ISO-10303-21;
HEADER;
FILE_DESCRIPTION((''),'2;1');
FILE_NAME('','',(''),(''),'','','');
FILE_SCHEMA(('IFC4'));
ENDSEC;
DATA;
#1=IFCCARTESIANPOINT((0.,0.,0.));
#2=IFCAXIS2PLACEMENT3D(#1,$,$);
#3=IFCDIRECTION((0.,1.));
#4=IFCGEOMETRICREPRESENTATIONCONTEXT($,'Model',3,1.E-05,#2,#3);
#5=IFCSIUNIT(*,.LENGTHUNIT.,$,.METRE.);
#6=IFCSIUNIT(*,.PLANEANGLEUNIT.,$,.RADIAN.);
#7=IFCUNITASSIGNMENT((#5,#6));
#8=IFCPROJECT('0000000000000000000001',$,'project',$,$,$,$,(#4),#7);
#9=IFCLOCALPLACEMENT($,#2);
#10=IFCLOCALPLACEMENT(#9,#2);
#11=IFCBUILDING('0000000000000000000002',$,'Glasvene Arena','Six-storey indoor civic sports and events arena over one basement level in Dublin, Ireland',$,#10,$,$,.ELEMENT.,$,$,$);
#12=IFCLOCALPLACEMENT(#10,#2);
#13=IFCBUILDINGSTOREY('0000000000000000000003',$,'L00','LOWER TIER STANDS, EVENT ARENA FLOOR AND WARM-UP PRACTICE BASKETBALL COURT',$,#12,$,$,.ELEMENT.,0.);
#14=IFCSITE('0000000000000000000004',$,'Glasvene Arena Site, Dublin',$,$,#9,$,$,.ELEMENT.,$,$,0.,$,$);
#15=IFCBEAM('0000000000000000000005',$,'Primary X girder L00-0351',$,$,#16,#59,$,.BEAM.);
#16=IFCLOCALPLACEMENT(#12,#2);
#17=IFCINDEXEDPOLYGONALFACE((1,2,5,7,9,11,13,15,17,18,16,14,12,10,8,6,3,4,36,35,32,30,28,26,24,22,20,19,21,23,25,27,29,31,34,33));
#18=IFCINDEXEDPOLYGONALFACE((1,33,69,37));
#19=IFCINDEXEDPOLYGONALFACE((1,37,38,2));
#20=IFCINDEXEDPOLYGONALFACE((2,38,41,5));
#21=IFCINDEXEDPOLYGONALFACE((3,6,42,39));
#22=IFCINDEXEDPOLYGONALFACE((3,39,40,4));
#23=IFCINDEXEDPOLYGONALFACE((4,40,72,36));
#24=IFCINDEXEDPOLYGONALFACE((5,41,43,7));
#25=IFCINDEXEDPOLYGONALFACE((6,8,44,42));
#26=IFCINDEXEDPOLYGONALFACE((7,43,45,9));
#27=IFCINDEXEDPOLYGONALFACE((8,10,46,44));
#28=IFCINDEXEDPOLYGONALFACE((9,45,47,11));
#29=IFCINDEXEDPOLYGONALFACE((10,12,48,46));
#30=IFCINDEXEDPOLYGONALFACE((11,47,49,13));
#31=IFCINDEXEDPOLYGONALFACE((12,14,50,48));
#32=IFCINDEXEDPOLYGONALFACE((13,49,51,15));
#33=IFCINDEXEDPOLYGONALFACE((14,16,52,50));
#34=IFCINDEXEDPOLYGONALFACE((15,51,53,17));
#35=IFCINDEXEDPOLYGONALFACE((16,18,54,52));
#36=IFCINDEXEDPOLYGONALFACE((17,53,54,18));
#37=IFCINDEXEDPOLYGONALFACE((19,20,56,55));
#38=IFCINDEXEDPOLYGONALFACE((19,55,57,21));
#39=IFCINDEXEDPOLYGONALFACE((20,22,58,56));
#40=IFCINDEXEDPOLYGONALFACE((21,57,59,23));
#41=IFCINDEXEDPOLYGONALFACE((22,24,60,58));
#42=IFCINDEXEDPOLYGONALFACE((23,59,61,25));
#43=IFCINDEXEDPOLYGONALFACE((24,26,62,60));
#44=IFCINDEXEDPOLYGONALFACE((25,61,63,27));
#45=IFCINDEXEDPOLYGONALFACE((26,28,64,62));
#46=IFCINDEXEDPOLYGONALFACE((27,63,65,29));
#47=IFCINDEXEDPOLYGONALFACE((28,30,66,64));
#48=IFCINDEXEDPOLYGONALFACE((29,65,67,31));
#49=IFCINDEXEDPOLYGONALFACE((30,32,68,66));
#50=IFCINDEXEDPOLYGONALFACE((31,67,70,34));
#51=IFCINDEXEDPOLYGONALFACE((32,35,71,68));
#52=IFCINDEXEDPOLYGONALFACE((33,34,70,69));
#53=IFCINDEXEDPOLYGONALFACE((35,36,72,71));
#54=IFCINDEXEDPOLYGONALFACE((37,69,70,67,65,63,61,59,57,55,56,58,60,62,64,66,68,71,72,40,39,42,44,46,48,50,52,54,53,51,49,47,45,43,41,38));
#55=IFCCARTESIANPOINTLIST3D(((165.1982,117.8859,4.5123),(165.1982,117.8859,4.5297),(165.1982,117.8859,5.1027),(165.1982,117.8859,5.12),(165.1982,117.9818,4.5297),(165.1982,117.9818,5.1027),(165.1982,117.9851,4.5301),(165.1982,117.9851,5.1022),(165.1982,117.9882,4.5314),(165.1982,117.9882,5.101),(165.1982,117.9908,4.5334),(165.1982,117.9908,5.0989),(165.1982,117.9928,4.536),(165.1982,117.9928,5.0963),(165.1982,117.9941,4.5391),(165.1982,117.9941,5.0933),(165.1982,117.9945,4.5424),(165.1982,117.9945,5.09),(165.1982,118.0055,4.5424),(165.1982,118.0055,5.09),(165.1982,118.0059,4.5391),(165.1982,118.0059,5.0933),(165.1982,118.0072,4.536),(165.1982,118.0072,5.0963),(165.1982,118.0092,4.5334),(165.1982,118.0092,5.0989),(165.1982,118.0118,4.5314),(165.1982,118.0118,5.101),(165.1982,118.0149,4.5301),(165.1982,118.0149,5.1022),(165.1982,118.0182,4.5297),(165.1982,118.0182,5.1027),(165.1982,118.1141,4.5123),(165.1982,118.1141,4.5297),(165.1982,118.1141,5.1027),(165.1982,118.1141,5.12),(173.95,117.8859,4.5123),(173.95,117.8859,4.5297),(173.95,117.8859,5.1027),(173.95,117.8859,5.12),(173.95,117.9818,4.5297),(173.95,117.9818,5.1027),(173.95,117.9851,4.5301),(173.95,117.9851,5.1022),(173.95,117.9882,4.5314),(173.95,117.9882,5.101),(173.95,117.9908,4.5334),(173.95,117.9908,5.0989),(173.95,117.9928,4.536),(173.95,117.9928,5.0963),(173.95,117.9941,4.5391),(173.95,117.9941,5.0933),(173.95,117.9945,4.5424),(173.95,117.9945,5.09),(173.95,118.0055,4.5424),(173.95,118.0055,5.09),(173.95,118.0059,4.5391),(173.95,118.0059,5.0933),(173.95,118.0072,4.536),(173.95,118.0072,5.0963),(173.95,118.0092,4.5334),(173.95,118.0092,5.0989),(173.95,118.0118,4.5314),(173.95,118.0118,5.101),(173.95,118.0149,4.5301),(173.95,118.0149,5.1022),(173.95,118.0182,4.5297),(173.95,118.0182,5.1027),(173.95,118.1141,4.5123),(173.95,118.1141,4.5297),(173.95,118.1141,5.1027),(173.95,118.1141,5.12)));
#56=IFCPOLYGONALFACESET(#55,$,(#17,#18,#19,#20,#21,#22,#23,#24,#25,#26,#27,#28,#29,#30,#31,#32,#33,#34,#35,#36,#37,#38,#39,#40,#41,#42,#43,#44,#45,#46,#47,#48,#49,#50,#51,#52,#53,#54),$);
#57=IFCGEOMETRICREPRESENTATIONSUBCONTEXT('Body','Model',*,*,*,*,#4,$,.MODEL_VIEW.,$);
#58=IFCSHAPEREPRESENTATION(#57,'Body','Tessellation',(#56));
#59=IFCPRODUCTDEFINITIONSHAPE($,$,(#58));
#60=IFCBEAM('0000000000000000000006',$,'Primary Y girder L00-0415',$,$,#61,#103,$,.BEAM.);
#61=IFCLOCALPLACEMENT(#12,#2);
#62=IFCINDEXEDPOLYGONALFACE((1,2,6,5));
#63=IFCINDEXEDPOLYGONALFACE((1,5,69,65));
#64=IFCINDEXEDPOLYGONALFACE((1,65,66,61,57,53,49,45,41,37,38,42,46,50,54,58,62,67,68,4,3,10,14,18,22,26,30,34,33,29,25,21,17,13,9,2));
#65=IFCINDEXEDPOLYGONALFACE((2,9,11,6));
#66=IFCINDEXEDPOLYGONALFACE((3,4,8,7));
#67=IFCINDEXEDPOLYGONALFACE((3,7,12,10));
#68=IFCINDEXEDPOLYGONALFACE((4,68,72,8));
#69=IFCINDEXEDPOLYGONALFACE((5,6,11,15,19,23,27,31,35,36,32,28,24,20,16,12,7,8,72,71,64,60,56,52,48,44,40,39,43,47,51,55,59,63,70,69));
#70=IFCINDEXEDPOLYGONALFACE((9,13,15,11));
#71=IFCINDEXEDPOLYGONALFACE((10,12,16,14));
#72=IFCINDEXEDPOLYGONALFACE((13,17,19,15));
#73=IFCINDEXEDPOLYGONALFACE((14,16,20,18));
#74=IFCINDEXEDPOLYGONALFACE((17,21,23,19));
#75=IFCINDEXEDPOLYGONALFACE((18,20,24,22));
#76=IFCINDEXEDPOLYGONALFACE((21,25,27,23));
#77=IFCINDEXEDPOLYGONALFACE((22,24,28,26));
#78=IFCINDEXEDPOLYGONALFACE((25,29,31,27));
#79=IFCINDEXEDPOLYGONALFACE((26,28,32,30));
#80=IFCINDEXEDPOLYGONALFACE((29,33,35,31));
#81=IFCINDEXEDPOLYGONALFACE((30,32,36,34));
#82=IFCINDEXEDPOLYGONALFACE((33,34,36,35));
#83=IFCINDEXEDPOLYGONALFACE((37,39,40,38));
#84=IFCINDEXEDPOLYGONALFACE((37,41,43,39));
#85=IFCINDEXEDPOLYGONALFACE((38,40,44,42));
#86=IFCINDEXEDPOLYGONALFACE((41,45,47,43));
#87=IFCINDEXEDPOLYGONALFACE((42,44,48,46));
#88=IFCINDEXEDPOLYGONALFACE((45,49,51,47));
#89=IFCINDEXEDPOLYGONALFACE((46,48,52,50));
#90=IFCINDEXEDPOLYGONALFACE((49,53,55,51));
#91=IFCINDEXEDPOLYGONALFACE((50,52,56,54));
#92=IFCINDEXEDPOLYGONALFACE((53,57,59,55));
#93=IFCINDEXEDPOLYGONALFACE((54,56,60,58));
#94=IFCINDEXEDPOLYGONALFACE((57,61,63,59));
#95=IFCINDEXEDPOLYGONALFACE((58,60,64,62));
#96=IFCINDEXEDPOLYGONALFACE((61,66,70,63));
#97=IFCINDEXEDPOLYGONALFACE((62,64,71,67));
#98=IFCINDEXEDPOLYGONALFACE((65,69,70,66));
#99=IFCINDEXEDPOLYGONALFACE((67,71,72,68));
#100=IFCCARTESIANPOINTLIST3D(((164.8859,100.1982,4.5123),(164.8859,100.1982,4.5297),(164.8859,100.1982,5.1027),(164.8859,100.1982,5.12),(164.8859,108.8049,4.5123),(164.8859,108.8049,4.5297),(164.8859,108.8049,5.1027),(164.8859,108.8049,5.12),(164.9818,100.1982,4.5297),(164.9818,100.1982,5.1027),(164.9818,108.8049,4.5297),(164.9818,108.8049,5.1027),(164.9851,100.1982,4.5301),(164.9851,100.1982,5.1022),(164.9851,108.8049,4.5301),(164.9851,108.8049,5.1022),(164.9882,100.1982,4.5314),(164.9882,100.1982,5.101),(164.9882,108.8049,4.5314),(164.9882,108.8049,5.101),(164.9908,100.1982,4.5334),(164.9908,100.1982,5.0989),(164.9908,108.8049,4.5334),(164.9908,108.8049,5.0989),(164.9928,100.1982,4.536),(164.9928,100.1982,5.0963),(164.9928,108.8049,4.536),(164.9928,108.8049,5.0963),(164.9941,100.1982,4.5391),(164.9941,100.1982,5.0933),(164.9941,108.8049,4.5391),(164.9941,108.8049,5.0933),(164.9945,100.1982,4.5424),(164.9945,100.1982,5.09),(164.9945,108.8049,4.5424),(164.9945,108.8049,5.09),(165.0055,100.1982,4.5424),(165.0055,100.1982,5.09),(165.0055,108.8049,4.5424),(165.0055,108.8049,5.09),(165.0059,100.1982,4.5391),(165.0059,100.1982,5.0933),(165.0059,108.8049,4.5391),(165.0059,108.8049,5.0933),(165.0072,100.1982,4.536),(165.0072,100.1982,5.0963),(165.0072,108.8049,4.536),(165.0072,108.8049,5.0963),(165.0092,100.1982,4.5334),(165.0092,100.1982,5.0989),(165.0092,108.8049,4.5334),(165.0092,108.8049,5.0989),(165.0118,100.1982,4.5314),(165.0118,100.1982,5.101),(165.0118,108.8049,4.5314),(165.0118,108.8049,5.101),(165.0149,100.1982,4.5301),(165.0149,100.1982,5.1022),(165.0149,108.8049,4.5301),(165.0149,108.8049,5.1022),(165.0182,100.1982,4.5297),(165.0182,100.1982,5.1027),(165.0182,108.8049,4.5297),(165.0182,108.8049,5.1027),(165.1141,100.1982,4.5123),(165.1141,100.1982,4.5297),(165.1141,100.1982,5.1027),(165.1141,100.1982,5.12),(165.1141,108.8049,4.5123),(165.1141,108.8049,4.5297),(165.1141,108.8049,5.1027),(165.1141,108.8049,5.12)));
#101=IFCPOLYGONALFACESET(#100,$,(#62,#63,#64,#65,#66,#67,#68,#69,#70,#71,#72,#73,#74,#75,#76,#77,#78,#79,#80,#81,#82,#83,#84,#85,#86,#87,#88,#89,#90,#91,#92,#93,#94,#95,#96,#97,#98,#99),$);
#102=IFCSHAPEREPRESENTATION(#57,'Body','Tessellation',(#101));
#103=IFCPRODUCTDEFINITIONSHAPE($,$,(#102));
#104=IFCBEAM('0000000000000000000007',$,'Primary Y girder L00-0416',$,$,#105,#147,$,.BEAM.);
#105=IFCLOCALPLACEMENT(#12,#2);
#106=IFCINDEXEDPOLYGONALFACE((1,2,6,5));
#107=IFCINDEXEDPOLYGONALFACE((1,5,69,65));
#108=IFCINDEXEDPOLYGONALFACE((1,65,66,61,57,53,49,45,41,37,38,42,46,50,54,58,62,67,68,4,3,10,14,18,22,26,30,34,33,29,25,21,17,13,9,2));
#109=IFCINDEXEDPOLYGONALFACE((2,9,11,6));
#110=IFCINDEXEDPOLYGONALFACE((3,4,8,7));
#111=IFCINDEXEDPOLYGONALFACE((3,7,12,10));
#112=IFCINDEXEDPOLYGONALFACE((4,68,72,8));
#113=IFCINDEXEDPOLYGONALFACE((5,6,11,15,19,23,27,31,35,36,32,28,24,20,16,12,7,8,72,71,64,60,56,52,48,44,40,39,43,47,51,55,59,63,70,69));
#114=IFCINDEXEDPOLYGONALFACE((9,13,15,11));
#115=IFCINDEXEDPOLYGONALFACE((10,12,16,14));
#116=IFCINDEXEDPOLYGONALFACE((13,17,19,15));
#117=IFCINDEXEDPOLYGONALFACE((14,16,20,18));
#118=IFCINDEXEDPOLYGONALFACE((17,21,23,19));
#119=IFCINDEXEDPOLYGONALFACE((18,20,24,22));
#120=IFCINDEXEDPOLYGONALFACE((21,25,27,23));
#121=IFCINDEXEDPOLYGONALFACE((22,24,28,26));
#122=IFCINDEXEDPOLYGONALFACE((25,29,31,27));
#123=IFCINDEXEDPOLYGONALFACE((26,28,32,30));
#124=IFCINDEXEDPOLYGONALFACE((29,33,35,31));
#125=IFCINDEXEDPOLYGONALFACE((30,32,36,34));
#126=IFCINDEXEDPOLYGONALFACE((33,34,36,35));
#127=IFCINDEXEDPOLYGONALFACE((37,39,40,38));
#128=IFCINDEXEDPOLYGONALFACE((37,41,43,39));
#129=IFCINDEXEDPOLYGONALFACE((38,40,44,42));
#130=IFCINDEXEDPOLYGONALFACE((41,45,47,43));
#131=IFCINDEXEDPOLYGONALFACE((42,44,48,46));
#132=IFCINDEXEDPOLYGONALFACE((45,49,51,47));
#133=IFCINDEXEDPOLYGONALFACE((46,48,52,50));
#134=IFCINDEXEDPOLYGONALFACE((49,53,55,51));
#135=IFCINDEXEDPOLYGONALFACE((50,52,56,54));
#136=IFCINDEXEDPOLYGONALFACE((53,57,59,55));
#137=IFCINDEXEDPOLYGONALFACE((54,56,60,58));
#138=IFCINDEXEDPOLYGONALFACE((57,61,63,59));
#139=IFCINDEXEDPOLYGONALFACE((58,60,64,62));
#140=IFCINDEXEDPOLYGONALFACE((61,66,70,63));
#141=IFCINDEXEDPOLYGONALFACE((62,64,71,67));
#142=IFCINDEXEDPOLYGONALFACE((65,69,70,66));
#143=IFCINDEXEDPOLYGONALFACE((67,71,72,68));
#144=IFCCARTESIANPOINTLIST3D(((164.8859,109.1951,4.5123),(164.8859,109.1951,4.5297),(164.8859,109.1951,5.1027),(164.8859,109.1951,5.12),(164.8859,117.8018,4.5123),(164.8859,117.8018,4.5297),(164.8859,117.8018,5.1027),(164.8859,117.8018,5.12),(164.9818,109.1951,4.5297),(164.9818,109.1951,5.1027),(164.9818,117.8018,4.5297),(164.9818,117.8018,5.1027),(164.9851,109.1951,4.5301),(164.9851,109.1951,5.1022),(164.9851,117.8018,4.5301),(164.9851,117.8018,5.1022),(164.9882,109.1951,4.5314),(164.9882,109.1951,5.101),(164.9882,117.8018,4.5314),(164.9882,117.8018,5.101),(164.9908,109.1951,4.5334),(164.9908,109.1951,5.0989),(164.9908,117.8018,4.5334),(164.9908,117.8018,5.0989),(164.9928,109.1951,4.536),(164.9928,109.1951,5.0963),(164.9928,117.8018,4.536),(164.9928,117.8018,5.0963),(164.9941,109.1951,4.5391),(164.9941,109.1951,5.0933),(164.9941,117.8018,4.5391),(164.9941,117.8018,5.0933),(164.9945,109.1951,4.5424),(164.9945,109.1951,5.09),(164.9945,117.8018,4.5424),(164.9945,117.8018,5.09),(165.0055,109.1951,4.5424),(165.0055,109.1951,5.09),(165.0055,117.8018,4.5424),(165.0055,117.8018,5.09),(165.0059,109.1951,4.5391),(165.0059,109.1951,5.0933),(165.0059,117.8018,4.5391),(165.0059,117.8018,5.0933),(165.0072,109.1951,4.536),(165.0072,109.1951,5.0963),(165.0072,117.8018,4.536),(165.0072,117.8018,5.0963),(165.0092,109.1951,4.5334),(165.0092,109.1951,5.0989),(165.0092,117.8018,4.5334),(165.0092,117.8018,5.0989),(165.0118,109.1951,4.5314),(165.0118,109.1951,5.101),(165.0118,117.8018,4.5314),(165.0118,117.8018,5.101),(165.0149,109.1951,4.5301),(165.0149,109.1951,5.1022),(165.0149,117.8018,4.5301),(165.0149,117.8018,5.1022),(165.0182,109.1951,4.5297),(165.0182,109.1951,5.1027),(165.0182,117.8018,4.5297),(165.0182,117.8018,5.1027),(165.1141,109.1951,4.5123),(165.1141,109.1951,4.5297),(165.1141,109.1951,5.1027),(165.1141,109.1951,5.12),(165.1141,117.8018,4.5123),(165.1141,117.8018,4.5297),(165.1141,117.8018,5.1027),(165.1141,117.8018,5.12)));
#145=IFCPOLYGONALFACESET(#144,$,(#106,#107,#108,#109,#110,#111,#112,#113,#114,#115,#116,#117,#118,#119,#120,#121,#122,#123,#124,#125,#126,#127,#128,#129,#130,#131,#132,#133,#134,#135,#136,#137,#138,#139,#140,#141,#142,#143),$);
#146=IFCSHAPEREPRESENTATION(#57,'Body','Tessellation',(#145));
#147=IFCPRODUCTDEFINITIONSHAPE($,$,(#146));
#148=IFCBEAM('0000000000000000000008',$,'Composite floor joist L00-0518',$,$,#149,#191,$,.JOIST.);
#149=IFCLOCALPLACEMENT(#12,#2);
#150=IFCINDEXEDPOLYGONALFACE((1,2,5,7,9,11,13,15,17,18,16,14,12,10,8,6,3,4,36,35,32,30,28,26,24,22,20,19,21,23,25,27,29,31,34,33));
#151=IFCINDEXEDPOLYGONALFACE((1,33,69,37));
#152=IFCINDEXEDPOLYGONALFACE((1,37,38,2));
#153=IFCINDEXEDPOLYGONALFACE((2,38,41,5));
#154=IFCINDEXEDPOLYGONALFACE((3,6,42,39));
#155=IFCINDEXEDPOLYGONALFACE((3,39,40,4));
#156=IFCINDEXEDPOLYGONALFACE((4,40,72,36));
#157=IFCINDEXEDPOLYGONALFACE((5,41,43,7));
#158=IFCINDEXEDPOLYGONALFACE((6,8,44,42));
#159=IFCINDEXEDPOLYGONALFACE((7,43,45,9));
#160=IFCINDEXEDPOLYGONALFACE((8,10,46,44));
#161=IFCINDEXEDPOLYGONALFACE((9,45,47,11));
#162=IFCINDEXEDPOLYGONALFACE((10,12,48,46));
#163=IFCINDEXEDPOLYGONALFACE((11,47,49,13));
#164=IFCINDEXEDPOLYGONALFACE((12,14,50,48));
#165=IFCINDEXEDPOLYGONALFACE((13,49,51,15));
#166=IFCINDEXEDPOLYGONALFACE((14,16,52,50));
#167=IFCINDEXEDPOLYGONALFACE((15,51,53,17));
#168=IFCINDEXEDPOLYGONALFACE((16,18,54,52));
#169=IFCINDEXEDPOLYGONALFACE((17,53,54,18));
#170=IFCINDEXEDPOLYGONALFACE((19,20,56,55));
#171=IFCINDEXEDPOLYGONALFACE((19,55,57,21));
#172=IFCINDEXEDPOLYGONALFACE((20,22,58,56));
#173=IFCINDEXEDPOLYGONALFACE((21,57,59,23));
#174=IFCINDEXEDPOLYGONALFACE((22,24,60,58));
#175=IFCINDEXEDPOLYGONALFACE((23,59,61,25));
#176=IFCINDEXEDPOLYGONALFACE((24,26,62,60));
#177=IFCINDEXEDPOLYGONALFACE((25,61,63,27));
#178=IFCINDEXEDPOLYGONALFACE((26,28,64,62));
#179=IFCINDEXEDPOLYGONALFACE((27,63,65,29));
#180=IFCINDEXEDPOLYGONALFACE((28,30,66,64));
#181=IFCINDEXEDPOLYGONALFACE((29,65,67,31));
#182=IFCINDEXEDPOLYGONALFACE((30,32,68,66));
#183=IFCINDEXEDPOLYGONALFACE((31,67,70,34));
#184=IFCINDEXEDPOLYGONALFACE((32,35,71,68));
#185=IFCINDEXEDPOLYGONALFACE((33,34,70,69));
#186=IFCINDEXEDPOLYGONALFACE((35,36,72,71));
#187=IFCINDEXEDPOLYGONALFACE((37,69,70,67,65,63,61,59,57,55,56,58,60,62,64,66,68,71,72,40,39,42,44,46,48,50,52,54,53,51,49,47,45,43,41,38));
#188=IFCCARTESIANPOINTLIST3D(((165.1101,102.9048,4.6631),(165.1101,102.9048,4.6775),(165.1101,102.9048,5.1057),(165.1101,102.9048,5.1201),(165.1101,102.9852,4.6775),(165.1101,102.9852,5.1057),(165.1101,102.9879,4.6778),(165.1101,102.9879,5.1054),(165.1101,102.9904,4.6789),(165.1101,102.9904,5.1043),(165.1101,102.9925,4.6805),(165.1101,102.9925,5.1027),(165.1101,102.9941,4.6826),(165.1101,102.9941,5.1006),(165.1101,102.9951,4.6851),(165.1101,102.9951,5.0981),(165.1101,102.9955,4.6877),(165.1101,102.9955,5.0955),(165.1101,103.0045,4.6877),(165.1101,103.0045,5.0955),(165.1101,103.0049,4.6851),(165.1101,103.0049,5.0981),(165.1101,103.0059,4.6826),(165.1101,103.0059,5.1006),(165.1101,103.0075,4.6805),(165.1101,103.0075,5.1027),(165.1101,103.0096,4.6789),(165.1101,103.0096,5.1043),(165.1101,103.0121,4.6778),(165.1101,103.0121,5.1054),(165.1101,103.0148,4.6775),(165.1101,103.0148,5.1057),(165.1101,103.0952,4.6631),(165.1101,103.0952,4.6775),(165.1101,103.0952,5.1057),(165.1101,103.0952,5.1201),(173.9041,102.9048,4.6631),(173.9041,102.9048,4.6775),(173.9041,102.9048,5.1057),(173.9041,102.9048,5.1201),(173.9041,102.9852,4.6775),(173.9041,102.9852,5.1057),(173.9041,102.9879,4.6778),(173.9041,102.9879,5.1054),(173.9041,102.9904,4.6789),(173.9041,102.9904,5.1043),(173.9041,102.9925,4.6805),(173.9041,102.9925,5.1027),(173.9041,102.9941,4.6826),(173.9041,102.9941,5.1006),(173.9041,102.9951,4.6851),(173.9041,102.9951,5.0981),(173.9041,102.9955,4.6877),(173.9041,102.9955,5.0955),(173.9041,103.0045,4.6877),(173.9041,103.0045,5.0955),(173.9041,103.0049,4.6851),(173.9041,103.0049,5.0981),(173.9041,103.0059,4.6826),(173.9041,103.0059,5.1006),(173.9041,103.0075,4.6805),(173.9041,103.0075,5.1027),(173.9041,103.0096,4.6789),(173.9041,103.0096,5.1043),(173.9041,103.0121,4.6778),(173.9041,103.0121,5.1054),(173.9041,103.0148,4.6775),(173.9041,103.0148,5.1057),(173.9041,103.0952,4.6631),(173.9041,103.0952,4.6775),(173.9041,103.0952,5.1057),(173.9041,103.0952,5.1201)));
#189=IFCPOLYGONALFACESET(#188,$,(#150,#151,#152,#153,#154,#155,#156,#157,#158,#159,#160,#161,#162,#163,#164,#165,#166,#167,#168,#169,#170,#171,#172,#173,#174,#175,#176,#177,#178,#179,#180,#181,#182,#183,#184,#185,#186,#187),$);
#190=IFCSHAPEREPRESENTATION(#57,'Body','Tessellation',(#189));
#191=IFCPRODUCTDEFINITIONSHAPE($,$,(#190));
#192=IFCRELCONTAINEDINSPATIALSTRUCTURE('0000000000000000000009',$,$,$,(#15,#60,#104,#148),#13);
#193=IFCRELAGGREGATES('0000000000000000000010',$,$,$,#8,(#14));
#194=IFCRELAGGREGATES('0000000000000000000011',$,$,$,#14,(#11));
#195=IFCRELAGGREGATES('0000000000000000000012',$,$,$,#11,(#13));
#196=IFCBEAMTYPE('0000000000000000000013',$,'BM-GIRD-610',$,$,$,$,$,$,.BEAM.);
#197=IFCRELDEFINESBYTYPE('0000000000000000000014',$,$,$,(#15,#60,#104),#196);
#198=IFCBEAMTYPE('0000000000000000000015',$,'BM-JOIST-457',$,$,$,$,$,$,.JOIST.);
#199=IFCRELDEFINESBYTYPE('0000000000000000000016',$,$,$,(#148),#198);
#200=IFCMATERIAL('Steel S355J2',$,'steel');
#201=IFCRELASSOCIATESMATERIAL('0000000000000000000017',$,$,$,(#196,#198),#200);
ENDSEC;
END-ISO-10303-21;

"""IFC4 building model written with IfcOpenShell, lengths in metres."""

from ifc_helpers import new_model, si_unit, direction, frame, origin, origin_2d, place, context, subcontext, project, spatial, i_section, extrude, material, material_profile, profile_set, type_object, element, save


model = new_model("IFC4")

# Units and contexts
model_context = context("Model", 3, precision=1e-05, world=origin(), true_north=direction((0.0, 1.0)))
body_context = subcontext(model_context, "Body", "Model", "MODEL_VIEW")
ifc_project = project(units=[si_unit("LENGTHUNIT", "METRE"), si_unit("PLANEANGLEUNIT", "RADIAN")], contexts=[model_context])

# Site, building, storey
site_placement = place(None, origin())
site = spatial("IfcSite", under=ifc_project, at=site_placement, Name="Glasvene Arena Site, Dublin", CompositionType="ELEMENT", RefElevation=0.0)
building_placement = place(site_placement, origin())
building = spatial("IfcBuilding", under=site, at=building_placement, Name="Glasvene Arena", Description="Six-storey indoor civic sports and events arena over one basement level in Dublin, Ireland", CompositionType="ELEMENT")
storey_placement = place(building_placement, origin())
storey = spatial("IfcBuildingStorey", under=building, at=storey_placement, Name="L00", Description="LOWER TIER STANDS, EVENT ARENA FLOOR AND WARM-UP PRACTICE BASKETBALL COURT", CompositionType="ELEMENT", Elevation=0.0)

# Shared definitions
ifc_material_1 = material(Name="Steel S355J2", Category="steel")

# Beams
ifc_material_profile_1 = material_profile(ifc_material_1, i_section(OverallWidth=0.2283, OverallDepth=0.6077, WebThickness=0.011, FlangeThickness=0.0173, FilletRadius=0.0127, at=origin_2d()), Name="UKB 610x229x113")
ifc_profile_set_1 = profile_set([ifc_material_profile_1], Name="Steel S355J2")
beam_type_1 = type_object("IfcBeamType", Name="BM-GIRD-610", PredefinedType="BEAM", material=ifc_profile_set_1)
for number, where, z_axis, x_axis, name in (
    (1, (165.1982, 118.0, 4.8162), (1.0, 0.0, 0.0), (0.0, 1.0, 0.0), "Primary X girder L00-0351"),
):
    element("IfcBeam", number, at=place(storey_placement, frame(where, z_axis=z_axis, x_axis=x_axis)), inside=storey, type_object=beam_type_1, Name=name, PredefinedType="BEAM", context=body_context, shape_type="SweptSolid", body=[
        extrude(i_section(OverallWidth=0.2283, OverallDepth=0.6077, WebThickness=0.011, FlangeThickness=0.0173, FilletRadius=0.0127, at=origin_2d()), origin(), (0.0, 0.0, 1.0), 8.7517),
    ])
for number, where, z_axis, x_axis, name in (
    (2, (165.0, 100.1982, 4.8162), (0.0, 1.0, 0.0), (-1.0, 0.0, 0.0), "Primary Y girder L00-0415"),
    (3, (165.0, 109.1951, 4.8162), (0.0, 1.0, 0.0), (-1.0, 0.0, 0.0), "Primary Y girder L00-0416"),
):
    element("IfcBeam", number, at=place(storey_placement, frame(where, z_axis=z_axis, x_axis=x_axis)), inside=storey, type_object=beam_type_1, Name=name, PredefinedType="BEAM", context=body_context, shape_type="SweptSolid", body=[
        extrude(i_section(OverallWidth=0.2283, OverallDepth=0.6077, WebThickness=0.011, FlangeThickness=0.0173, FilletRadius=0.0127, at=origin_2d()), origin(), (0.0, 0.0, 1.0), 8.6067),
    ])
ifc_material_profile_2 = material_profile(ifc_material_1, i_section(OverallWidth=0.1904, OverallDepth=0.457, WebThickness=0.009, FlangeThickness=0.0144, FilletRadius=0.0103, at=origin_2d()), Name="UKB 457x191x74")
ifc_profile_set_2 = profile_set([ifc_material_profile_2], Name="Steel S355J2")
beam_type_2 = type_object("IfcBeamType", Name="BM-JOIST-457", PredefinedType="JOIST", material=ifc_profile_set_2)
for number, where, z_axis, x_axis, name in (
    (4, (165.1101, 103.0, 4.8916), (1.0, 0.0, 0.0), (0.0, 1.0, 0.0), "Composite floor joist L00-0518"),
):
    element("IfcBeam", number, at=place(storey_placement, frame(where, z_axis=z_axis, x_axis=x_axis)), inside=storey, type_object=beam_type_2, Name=name, PredefinedType="JOIST", context=body_context, shape_type="SweptSolid", body=[
        extrude(i_section(OverallWidth=0.1904, OverallDepth=0.457, WebThickness=0.009, FlangeThickness=0.0144, FilletRadius=0.0103, at=origin_2d()), origin(), (0.0, 0.0, 1.0), 8.7939),
    ])

save(model, "model.ifc")
